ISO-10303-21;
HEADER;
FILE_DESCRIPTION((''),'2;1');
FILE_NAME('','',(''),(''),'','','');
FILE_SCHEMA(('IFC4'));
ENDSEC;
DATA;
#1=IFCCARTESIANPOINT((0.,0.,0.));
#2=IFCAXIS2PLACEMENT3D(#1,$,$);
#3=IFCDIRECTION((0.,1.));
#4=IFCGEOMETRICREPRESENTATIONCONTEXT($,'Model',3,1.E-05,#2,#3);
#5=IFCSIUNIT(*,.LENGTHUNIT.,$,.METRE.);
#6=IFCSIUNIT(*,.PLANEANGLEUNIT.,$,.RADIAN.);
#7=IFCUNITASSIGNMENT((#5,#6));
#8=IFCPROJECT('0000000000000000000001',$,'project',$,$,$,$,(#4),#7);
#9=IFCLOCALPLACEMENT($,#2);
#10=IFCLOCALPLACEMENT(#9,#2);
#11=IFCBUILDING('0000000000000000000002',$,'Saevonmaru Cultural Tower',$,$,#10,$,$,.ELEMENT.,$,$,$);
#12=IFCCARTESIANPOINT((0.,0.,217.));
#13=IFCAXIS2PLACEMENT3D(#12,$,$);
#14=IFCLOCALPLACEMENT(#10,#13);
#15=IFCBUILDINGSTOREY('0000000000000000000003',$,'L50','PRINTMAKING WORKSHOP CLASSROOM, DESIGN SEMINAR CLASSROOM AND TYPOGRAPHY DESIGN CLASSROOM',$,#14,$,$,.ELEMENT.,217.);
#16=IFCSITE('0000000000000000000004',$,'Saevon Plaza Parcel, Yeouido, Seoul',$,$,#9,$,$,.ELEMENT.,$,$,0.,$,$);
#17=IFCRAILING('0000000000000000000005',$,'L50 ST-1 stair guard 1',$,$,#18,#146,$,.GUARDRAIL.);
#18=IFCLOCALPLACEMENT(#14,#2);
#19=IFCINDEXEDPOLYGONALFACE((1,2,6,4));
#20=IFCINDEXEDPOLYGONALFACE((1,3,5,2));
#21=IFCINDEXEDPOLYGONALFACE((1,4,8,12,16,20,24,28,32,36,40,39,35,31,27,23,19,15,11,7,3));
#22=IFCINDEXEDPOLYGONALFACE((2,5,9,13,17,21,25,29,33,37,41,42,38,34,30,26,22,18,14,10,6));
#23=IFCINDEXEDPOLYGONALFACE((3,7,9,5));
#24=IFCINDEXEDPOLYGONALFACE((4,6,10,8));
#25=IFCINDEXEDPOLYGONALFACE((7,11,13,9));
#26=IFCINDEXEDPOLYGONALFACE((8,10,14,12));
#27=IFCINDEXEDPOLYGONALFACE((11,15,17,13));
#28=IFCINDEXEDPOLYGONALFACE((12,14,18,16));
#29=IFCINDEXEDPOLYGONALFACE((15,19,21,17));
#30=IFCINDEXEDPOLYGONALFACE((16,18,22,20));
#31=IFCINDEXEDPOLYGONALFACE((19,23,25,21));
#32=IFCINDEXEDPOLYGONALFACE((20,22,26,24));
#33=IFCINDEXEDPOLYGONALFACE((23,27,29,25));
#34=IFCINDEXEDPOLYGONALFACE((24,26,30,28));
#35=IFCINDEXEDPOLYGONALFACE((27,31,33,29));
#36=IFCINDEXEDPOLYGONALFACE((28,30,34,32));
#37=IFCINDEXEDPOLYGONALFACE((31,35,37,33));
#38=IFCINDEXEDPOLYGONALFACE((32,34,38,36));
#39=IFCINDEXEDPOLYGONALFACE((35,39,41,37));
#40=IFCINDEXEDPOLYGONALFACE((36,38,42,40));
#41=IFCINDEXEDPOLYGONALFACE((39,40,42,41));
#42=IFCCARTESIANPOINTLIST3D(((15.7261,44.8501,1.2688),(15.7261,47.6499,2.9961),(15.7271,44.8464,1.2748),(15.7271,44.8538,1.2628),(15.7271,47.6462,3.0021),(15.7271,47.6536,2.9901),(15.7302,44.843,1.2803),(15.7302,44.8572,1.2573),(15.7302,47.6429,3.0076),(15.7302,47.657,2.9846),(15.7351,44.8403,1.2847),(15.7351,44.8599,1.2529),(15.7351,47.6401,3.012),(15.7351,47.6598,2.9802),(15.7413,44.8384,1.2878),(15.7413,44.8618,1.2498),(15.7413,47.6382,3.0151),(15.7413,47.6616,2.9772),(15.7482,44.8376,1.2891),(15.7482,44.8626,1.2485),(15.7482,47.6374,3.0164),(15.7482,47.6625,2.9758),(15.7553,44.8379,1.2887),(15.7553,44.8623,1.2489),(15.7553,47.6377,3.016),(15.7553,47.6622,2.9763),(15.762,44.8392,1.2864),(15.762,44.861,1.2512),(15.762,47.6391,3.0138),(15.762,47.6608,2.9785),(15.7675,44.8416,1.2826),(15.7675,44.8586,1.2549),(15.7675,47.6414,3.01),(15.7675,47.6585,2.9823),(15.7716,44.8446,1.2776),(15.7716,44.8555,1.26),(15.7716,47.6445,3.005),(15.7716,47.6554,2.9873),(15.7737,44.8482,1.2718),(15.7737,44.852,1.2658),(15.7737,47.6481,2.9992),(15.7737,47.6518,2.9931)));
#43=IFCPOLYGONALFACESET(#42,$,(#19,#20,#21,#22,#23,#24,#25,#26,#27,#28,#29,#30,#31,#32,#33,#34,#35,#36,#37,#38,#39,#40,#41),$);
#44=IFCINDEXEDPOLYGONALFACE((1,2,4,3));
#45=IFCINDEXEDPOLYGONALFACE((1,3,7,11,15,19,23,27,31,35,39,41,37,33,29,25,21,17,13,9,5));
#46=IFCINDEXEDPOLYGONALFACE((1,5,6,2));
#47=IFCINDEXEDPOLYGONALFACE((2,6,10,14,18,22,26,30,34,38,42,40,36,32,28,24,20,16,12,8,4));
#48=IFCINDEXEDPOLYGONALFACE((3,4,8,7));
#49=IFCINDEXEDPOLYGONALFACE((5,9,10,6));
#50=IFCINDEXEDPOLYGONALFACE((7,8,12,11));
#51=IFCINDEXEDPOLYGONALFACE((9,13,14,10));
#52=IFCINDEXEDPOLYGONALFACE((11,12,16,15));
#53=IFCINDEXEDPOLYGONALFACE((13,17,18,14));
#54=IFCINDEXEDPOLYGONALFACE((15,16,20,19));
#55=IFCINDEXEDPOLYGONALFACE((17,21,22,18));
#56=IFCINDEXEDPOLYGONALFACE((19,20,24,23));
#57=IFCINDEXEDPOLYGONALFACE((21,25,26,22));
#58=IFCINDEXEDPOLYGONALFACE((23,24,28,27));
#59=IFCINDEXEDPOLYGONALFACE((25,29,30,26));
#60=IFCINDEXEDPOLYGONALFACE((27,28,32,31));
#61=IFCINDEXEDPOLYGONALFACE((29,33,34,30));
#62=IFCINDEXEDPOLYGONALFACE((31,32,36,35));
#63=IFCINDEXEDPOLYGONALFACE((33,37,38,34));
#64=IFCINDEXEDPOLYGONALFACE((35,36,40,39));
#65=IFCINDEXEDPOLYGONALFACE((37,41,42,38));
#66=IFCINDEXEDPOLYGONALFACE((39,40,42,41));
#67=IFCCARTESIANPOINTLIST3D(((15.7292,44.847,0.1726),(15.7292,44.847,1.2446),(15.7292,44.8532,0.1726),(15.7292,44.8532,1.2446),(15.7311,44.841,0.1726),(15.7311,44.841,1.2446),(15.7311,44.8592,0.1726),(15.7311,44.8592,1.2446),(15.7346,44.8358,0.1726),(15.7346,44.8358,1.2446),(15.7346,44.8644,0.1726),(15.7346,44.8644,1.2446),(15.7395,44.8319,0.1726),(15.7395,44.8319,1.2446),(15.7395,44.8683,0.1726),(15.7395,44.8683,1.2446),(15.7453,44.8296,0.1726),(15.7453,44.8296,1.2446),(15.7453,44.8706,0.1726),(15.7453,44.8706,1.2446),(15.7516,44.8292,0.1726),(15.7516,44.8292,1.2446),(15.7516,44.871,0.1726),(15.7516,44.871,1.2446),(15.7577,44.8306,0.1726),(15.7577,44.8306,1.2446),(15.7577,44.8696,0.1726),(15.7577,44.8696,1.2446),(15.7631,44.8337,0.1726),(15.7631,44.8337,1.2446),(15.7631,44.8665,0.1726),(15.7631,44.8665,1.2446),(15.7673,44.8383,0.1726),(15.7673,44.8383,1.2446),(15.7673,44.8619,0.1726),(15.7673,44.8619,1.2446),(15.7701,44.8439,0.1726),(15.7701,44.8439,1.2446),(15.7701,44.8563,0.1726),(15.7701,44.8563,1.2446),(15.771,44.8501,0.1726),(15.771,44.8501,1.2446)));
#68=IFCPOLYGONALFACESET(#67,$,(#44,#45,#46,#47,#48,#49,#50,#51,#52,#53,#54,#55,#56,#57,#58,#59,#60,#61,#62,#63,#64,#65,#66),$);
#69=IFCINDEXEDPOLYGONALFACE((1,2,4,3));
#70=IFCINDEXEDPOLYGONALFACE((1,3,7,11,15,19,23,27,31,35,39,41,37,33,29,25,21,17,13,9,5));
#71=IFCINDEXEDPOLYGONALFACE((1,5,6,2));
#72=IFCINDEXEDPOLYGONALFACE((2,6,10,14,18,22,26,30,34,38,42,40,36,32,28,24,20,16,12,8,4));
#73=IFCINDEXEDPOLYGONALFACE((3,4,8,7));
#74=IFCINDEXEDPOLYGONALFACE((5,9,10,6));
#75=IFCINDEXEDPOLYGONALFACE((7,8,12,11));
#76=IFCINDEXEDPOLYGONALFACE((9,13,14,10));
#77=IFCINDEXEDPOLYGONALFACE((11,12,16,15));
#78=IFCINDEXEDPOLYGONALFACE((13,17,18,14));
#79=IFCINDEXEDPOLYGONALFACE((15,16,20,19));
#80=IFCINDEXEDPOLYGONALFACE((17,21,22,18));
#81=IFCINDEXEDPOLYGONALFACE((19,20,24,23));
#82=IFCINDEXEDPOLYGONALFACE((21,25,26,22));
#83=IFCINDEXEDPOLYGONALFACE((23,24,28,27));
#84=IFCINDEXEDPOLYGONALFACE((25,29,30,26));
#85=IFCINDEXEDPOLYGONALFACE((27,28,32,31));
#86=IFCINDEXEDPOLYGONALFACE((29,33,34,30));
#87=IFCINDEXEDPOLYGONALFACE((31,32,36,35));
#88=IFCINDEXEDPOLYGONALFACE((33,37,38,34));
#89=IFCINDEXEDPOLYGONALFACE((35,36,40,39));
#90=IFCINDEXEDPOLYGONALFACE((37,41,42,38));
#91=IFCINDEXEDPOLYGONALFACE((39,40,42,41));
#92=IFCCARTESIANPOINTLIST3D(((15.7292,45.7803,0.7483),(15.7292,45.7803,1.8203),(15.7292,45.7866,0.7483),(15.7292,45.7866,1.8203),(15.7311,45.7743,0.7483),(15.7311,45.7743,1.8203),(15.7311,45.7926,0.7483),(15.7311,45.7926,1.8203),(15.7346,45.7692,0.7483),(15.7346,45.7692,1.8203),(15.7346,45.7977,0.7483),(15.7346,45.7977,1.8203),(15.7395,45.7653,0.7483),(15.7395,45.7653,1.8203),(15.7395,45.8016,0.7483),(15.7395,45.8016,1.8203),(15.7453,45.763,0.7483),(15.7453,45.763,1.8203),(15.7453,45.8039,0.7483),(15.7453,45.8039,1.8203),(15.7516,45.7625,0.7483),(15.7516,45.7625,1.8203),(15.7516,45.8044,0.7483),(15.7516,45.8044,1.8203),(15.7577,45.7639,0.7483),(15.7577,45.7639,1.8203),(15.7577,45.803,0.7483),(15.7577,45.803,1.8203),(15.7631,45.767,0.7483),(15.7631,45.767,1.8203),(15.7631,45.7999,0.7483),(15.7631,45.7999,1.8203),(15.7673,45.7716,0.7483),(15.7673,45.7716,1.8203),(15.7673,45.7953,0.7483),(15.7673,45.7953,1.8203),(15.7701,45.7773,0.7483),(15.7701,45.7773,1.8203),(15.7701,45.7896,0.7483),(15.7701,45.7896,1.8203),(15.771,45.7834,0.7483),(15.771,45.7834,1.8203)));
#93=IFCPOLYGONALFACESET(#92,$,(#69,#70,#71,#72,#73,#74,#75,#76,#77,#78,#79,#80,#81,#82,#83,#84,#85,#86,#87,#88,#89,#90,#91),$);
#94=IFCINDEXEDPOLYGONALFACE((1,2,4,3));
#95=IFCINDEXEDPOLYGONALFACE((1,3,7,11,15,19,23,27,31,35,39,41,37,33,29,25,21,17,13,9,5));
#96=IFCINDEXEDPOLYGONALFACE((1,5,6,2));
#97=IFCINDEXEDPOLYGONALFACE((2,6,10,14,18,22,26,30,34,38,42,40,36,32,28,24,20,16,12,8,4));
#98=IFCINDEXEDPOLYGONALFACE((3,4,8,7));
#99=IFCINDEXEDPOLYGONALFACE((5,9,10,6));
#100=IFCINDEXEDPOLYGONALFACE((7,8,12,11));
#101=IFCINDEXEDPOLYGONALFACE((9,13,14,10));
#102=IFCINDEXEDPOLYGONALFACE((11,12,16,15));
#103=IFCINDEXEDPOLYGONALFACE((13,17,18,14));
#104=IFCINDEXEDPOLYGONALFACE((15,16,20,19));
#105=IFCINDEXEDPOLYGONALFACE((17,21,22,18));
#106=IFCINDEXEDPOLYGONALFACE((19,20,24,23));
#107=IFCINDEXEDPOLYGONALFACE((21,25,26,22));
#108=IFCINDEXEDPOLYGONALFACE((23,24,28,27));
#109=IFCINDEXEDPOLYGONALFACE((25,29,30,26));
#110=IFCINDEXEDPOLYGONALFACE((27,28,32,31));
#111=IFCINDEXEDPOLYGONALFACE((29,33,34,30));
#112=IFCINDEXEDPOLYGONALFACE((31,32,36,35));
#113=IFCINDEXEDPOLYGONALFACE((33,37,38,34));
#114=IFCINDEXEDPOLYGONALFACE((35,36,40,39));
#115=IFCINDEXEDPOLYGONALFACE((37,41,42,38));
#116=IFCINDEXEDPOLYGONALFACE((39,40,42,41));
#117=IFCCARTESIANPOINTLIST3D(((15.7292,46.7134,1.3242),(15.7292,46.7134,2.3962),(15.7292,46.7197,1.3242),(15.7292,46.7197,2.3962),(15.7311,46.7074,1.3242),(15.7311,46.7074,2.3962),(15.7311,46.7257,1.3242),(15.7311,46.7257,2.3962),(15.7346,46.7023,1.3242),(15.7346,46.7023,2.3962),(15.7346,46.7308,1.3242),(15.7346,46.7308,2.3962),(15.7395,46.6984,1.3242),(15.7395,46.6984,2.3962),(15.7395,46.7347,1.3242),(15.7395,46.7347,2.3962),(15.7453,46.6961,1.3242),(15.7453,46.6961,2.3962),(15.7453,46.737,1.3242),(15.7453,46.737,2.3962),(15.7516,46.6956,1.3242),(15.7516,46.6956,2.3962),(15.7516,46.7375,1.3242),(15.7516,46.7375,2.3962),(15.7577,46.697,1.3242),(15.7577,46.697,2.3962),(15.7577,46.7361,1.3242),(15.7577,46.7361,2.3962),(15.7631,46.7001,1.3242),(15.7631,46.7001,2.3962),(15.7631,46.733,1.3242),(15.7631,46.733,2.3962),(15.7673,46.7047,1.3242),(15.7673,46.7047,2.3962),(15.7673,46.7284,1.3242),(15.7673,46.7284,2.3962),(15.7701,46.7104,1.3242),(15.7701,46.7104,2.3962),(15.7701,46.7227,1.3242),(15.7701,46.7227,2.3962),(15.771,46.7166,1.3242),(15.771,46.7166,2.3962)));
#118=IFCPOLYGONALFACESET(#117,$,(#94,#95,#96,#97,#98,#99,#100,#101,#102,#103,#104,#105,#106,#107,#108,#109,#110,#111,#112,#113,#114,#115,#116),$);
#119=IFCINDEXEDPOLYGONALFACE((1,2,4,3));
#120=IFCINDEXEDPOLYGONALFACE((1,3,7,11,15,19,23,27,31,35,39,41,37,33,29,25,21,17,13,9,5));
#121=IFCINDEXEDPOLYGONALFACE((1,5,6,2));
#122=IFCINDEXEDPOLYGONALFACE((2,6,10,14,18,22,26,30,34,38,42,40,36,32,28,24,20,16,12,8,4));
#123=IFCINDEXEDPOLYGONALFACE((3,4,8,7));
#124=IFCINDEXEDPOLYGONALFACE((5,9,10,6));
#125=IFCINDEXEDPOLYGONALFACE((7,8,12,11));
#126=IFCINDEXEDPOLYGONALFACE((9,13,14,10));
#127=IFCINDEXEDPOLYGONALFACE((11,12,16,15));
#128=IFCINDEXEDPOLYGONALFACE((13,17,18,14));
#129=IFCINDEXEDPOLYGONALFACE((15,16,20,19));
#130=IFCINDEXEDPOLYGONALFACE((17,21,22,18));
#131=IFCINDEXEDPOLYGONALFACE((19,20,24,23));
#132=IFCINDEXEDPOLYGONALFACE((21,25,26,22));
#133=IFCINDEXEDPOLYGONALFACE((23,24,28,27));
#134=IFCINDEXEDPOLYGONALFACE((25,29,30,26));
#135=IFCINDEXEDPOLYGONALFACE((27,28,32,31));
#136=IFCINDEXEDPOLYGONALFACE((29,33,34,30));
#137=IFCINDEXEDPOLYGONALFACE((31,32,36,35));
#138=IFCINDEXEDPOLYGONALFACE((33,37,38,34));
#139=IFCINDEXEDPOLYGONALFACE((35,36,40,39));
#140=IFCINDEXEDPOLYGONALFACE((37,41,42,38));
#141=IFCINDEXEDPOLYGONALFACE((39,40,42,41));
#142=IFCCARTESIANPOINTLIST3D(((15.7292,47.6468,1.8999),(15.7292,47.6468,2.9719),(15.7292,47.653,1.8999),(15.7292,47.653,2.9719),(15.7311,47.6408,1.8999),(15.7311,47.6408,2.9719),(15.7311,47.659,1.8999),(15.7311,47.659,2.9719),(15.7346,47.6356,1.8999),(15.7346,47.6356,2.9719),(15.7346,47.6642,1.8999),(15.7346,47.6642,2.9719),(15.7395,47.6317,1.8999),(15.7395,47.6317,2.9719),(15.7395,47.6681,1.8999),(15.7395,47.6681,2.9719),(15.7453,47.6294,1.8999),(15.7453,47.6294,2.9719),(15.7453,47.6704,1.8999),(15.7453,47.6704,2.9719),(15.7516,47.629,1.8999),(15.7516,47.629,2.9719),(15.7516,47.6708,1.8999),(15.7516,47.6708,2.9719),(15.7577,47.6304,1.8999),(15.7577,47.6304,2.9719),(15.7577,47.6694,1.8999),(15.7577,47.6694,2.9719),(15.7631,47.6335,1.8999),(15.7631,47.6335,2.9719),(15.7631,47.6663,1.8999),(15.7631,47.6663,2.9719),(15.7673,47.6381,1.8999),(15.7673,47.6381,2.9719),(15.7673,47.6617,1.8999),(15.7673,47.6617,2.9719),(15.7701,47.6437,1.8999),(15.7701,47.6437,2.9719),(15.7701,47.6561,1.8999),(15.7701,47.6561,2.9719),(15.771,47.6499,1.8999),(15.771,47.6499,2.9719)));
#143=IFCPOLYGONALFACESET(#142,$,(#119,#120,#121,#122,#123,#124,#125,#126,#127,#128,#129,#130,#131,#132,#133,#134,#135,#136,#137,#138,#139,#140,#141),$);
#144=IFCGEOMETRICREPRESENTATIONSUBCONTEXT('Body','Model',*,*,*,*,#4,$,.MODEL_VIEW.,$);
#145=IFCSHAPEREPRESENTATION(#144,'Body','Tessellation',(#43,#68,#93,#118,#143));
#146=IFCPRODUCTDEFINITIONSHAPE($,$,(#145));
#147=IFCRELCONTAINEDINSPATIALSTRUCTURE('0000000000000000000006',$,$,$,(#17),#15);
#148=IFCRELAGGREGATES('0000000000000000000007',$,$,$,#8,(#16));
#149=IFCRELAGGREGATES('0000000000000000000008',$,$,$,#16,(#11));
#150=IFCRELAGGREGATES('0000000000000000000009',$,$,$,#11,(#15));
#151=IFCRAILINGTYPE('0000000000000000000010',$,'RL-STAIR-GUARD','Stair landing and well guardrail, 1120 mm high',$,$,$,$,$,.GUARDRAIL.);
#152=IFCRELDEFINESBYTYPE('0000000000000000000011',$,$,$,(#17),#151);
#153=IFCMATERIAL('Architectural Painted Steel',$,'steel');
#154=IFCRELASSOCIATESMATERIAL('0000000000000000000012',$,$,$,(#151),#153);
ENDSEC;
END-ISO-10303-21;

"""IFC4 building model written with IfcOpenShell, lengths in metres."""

from ifc_helpers import new_model, si_unit, direction, frame, origin, origin_2d, place, context, subcontext, project, spatial, circle, extrude, material, type_object, element, save


model = new_model("IFC4")

# Units and contexts
model_context = context("Model", 3, precision=1e-05, world=origin(), true_north=direction((0.0, 1.0)))
body_context = subcontext(model_context, "Body", "Model", "MODEL_VIEW")
ifc_project = project(units=[si_unit("LENGTHUNIT", "METRE"), si_unit("PLANEANGLEUNIT", "RADIAN")], contexts=[model_context])

# Site, building, storey
site_placement = place(None, origin())
site = spatial("IfcSite", under=ifc_project, at=site_placement, Name="Saevon Plaza Parcel, Yeouido, Seoul", CompositionType="ELEMENT", RefElevation=0.0)
building_placement = place(site_placement, origin())
building = spatial("IfcBuilding", under=site, at=building_placement, Name="Saevonmaru Cultural Tower", CompositionType="ELEMENT")
storey_placement = place(building_placement, frame((0.0, 0.0, 217.0)))
storey = spatial("IfcBuildingStorey", under=building, at=storey_placement, Name="L50", Description="PRINTMAKING WORKSHOP CLASSROOM, DESIGN SEMINAR CLASSROOM AND TYPOGRAPHY DESIGN CLASSROOM", CompositionType="ELEMENT", Elevation=217.0)

# Railing
ifc_material_1 = material(Name="Architectural Painted Steel", Category="steel")
railing_type_1 = type_object("IfcRailingType", Name="RL-STAIR-GUARD", Description="Stair landing and well guardrail, 1120 mm high", PredefinedType="GUARDRAIL", material=ifc_material_1)
railing_1_placement = place(storey_placement, frame((15.75, 44.8501, 0.1726)))
element("IfcRailing", 1, at=railing_1_placement, inside=storey, type_object=railing_type_1, Name="L50 ST-1 stair guard 1", PredefinedType="GUARDRAIL", context=body_context, shape_type="SweptSolid", body=[
    extrude(circle(Radius=0.0239, at=origin_2d()), frame((0.0, 0.0, 1.0962), z_axis=(0.0, 0.851069, 0.525054), x_axis=(-1.0, 0.0, 0.0)), (0.0, 0.0, 1.0), 3.2898),
    extrude(circle(Radius=0.021, at=origin_2d()), origin(), (0.0, 0.0, 1.0), 1.072),
    extrude(circle(Radius=0.021, at=origin_2d()), frame((0.0, 0.9333, 0.5757)), (0.0, 0.0, 1.0), 1.072),
    extrude(circle(Radius=0.021, at=origin_2d()), frame((0.0, 1.8665, 1.1516)), (0.0, 0.0, 1.0), 1.072),
    extrude(circle(Radius=0.021, at=origin_2d()), frame((0.0, 2.7998, 1.7273)), (0.0, 0.0, 1.0), 1.072),
])

save(model, "model.ifc")
